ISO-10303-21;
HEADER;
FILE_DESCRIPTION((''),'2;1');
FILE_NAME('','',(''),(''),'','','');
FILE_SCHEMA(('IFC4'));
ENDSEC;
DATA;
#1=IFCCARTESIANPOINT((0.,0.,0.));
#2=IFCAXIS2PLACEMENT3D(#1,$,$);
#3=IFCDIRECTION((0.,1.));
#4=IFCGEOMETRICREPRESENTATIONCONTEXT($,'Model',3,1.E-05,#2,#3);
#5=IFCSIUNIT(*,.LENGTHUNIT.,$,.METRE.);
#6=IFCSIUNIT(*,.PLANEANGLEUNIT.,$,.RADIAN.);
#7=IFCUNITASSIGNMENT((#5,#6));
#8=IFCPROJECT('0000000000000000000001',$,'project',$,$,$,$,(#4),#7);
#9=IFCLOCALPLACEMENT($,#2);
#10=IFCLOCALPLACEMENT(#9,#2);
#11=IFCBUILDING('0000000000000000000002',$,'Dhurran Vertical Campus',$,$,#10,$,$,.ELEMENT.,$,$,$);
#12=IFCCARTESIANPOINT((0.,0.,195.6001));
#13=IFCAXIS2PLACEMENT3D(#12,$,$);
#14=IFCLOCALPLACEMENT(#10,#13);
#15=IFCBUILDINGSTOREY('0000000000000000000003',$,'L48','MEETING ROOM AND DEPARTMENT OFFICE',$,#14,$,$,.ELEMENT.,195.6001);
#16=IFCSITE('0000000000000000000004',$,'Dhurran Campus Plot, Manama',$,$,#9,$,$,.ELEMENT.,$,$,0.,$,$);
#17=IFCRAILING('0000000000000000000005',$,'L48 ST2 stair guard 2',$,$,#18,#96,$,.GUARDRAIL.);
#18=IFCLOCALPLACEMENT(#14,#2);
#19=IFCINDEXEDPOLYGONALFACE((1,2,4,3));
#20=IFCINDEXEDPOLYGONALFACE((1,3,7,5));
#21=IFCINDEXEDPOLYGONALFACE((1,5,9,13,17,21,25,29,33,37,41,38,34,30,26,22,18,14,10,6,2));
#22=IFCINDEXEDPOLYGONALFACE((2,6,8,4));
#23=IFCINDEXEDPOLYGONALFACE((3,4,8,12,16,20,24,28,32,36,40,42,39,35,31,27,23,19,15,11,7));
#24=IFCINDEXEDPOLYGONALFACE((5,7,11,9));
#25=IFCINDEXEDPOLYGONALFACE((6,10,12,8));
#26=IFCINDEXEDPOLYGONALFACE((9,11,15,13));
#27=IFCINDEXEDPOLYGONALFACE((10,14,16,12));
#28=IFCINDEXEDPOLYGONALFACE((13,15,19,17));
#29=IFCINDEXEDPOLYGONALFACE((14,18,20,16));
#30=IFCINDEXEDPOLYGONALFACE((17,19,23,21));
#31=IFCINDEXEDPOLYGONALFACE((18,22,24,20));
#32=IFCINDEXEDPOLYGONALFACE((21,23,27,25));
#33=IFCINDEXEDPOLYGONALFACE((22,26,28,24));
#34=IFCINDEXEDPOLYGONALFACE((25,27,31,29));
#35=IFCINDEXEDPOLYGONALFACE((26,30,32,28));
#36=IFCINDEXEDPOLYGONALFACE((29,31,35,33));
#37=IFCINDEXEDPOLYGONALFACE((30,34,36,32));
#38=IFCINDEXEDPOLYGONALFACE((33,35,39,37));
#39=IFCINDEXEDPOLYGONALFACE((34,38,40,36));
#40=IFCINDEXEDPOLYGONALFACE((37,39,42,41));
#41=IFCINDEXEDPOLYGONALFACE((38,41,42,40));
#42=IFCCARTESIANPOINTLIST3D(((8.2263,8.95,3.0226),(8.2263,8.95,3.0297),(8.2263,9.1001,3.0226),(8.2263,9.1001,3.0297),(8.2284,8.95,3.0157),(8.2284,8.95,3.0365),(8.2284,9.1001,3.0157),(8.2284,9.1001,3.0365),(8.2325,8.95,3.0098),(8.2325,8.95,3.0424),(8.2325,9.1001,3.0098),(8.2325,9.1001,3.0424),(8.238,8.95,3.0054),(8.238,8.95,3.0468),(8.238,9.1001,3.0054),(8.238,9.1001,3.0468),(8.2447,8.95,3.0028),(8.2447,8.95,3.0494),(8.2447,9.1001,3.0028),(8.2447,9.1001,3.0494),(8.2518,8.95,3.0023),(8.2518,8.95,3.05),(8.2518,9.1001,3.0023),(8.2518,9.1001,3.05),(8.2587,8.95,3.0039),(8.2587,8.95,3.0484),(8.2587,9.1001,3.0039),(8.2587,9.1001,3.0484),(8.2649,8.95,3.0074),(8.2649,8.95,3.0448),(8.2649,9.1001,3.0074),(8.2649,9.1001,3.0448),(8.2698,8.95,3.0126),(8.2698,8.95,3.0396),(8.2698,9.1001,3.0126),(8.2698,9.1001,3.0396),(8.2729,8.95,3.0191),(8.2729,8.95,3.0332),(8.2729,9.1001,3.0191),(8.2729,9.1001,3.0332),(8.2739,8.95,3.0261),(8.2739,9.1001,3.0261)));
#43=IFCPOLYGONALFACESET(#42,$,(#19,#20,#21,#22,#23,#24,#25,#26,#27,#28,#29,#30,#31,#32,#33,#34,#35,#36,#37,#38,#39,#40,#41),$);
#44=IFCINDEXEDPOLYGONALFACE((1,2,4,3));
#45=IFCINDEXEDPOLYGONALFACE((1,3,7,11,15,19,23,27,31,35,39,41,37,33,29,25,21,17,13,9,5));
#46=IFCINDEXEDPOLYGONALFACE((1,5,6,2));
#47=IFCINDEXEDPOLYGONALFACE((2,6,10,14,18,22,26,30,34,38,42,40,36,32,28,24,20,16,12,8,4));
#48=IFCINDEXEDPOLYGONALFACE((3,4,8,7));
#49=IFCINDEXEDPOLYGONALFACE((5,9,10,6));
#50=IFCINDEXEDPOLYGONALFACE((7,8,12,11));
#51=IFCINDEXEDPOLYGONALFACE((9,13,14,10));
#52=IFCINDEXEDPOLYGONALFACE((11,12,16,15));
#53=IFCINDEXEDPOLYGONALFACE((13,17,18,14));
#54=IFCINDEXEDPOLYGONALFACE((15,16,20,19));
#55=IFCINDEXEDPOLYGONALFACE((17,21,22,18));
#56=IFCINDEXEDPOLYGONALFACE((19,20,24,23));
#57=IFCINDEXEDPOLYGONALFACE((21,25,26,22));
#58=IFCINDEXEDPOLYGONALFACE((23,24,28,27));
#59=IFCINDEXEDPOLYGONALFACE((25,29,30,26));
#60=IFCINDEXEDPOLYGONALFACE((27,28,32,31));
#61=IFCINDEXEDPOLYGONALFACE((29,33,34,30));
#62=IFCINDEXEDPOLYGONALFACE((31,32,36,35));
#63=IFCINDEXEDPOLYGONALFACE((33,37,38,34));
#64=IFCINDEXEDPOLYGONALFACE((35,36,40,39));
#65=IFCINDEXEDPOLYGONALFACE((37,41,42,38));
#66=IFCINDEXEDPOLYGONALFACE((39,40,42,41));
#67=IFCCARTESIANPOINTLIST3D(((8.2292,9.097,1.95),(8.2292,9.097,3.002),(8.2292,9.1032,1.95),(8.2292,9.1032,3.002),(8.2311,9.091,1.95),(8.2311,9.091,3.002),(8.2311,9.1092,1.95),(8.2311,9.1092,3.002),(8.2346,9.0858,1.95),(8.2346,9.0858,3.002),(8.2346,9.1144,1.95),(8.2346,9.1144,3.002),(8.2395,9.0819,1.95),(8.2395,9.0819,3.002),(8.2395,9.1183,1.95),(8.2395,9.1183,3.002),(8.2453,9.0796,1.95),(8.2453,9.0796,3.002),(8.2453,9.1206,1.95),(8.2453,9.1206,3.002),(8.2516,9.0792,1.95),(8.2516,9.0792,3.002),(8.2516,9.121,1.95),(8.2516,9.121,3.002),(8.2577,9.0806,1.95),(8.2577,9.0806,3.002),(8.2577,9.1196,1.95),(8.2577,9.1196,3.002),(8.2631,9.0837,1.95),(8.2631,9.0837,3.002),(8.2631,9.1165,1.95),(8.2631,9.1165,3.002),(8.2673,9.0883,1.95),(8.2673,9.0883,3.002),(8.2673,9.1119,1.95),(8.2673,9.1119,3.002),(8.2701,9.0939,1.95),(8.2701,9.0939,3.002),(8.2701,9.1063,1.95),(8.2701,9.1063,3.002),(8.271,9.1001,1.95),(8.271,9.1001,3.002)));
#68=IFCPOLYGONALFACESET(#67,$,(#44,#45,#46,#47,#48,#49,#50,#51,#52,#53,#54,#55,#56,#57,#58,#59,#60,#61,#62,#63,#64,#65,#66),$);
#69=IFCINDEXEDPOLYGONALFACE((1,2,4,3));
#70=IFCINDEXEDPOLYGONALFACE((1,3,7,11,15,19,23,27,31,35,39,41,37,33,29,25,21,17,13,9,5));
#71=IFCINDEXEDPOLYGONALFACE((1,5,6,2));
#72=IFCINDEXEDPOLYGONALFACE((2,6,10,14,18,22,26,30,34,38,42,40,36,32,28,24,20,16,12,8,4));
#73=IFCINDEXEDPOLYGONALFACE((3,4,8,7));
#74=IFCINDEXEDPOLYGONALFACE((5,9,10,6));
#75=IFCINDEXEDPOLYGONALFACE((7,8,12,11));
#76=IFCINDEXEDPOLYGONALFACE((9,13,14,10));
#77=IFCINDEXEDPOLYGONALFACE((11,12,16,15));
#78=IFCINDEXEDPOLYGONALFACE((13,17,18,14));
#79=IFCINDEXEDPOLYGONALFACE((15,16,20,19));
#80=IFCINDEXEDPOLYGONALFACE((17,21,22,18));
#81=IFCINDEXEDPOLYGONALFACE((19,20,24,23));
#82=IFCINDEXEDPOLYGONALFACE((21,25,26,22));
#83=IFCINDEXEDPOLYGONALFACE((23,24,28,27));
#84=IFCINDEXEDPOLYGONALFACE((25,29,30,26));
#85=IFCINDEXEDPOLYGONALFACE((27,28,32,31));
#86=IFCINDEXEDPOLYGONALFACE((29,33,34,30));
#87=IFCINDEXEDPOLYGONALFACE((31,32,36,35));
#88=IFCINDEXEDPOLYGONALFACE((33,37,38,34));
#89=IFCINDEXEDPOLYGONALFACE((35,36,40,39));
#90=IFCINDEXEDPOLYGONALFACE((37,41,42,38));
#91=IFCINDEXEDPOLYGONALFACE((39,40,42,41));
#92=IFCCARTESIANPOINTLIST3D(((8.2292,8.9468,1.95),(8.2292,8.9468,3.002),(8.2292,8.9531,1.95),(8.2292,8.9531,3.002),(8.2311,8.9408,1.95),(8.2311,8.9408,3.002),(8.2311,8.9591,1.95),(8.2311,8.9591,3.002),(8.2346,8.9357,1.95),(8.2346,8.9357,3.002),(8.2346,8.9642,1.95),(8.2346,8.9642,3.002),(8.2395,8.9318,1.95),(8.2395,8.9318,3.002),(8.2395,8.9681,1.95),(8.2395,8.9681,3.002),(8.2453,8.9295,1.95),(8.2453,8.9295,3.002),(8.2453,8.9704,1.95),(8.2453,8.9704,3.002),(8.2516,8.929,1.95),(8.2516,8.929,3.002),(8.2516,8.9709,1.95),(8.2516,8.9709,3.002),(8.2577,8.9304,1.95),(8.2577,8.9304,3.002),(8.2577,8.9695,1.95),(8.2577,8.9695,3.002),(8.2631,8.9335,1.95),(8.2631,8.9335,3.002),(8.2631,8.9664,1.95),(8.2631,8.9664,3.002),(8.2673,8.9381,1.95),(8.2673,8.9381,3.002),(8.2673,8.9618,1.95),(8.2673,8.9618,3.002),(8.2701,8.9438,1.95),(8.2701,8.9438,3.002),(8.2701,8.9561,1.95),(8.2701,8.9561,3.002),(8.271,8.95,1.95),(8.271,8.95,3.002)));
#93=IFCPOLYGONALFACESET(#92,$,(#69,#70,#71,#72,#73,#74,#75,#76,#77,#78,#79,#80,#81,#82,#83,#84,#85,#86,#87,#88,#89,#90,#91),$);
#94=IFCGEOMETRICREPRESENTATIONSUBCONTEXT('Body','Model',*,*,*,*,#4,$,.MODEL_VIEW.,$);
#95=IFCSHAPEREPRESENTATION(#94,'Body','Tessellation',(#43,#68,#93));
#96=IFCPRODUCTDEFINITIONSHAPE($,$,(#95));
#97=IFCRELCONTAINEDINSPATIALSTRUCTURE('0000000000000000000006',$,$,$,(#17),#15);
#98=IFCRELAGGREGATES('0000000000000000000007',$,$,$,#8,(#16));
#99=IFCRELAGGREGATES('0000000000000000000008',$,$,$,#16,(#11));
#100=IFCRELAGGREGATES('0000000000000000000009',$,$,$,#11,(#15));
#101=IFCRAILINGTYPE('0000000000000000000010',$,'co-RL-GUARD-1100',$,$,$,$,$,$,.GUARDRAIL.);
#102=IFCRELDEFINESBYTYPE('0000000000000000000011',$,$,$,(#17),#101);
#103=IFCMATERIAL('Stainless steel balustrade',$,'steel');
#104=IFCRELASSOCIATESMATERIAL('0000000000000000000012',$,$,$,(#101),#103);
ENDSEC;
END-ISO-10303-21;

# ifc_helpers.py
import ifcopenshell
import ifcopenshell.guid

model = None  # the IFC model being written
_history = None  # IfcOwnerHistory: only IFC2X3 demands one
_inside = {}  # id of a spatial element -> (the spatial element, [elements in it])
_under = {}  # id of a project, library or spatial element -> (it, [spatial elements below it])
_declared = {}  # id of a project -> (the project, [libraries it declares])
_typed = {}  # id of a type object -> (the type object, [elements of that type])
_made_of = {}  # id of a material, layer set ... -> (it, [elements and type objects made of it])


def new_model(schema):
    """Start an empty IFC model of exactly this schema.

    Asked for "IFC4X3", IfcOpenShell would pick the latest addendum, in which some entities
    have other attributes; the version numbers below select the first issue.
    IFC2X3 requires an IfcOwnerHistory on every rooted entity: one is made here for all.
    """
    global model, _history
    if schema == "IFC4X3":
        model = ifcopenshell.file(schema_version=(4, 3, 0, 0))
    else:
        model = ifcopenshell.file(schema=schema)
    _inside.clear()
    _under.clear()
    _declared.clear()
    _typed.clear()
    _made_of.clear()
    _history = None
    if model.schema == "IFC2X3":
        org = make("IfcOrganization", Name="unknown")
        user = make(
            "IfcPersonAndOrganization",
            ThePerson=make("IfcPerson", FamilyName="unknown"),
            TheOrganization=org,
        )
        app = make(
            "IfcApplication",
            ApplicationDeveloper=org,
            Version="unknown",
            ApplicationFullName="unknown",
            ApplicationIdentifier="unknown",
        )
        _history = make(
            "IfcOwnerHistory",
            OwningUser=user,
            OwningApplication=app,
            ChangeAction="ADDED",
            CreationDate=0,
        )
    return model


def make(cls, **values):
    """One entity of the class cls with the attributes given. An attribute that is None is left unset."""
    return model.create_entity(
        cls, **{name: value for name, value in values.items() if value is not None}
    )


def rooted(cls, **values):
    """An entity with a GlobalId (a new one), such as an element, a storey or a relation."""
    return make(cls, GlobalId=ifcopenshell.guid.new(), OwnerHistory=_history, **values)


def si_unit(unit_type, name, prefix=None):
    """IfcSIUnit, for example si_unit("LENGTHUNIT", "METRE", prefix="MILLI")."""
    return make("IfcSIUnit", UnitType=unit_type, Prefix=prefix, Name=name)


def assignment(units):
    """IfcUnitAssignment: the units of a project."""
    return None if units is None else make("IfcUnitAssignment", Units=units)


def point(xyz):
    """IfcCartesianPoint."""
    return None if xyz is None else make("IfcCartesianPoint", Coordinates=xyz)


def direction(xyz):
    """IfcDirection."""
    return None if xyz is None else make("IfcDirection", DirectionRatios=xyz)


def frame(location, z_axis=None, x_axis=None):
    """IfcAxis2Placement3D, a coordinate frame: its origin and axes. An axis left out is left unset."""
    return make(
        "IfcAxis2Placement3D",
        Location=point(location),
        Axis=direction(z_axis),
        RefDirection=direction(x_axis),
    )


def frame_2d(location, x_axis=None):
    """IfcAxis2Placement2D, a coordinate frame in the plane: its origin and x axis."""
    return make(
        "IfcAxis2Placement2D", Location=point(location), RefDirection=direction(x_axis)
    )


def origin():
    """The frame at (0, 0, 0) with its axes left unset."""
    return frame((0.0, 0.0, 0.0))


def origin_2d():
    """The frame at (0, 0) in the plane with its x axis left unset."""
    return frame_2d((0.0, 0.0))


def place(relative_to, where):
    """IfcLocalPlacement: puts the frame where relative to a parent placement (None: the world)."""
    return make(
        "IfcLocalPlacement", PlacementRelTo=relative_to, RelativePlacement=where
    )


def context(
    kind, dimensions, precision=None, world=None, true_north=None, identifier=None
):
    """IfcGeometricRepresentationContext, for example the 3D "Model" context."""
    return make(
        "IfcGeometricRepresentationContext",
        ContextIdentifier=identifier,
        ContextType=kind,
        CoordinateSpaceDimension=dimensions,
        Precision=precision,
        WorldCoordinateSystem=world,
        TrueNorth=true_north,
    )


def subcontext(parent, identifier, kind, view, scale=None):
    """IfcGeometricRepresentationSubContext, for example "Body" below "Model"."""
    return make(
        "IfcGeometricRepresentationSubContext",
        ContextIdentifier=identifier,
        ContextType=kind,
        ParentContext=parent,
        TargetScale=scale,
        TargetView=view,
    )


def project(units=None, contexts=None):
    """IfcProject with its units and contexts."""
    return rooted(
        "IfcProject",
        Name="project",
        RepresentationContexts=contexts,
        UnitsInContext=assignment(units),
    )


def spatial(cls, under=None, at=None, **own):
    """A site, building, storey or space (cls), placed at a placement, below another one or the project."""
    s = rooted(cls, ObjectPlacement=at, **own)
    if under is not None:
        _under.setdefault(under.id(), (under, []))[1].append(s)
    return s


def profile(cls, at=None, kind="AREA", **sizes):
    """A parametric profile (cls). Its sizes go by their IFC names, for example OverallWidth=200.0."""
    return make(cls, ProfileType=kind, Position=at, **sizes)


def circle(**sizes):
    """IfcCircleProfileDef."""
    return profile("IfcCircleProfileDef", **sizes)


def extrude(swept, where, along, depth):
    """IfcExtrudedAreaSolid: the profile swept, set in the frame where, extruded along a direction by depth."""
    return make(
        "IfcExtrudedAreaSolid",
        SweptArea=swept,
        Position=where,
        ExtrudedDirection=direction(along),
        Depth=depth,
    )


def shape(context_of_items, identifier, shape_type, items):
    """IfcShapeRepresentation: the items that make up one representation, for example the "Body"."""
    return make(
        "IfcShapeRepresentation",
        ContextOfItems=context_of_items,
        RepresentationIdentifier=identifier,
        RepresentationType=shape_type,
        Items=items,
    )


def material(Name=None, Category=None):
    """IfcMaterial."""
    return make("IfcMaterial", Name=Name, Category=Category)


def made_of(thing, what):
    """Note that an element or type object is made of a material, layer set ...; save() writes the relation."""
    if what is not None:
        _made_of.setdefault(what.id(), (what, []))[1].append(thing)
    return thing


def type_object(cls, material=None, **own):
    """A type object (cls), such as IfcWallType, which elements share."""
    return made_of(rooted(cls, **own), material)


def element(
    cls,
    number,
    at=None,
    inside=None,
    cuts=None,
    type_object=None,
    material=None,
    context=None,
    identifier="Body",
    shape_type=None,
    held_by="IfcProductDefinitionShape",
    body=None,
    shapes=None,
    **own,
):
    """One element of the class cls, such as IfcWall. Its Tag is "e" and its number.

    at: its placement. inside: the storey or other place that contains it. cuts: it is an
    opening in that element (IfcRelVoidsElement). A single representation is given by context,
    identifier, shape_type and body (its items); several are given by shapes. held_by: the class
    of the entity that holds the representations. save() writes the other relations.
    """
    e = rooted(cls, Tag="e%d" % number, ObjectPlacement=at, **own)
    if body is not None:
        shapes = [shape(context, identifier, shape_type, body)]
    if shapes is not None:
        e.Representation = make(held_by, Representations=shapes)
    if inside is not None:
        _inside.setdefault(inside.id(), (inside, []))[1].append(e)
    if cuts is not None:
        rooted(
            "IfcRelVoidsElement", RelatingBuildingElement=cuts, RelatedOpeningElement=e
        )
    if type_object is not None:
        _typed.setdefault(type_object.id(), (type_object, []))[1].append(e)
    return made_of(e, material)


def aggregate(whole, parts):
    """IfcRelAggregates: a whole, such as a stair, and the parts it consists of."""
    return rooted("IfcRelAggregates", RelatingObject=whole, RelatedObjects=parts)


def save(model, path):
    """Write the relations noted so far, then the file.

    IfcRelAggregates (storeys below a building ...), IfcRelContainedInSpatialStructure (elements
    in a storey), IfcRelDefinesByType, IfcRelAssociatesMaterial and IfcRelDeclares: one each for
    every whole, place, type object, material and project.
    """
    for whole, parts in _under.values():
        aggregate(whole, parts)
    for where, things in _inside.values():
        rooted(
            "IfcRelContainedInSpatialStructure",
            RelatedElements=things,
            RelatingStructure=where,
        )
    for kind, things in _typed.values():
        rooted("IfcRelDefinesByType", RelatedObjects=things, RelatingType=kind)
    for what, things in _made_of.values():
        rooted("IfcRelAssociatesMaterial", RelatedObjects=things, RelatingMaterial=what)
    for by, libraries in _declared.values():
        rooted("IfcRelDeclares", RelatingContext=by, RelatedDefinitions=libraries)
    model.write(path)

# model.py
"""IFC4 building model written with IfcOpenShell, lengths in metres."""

from ifc_helpers import new_model, si_unit, direction, frame, origin, origin_2d, place, context, subcontext, project, spatial, circle, extrude, material, type_object, element, save


model = new_model("IFC4")

# Units and contexts
model_context = context("Model", 3, precision=1e-05, world=origin(), true_north=direction((0.0, 1.0)))
body_context = subcontext(model_context, "Body", "Model", "MODEL_VIEW")
ifc_project = project(units=[si_unit("LENGTHUNIT", "METRE"), si_unit("PLANEANGLEUNIT", "RADIAN")], contexts=[model_context])

# Site, building, storey
site_placement = place(None, origin())
site = spatial("IfcSite", under=ifc_project, at=site_placement, Name="Dhurran Campus Plot, Manama", CompositionType="ELEMENT", RefElevation=0.0)
building_placement = place(site_placement, origin())
building = spatial("IfcBuilding", under=site, at=building_placement, Name="Dhurran Vertical Campus", CompositionType="ELEMENT")
storey_placement = place(building_placement, frame((0.0, 0.0, 195.6001)))
storey = spatial("IfcBuildingStorey", under=building, at=storey_placement, Name="L48", Description="MEETING ROOM AND DEPARTMENT OFFICE", CompositionType="ELEMENT", Elevation=195.6001)

# Railing
ifc_material_1 = material(Name="Stainless steel balustrade", Category="steel")
railing_type_1 = type_object("IfcRailingType", Name="co-RL-GUARD-1100", PredefinedType="GUARDRAIL", material=ifc_material_1)
railing_1_placement = place(storey_placement, frame((8.25, 9.1001, 1.95)))
element("IfcRailing", 1, at=railing_1_placement, inside=storey, type_object=railing_type_1, Name="L48 ST2 stair guard 2", PredefinedType="GUARDRAIL", context=body_context, shape_type="SweptSolid", body=[
    extrude(circle(Radius=0.0239, at=origin_2d()), frame((0.0, 0.0, 1.0762), z_axis=(0.0, -1.0, 0.0), x_axis=(1.0, 0.0, 0.0)), (0.0, 0.0, 1.0), 0.1501),
    extrude(circle(Radius=0.021, at=origin_2d()), origin(), (0.0, 0.0, 1.0), 1.052),
    extrude(circle(Radius=0.021, at=origin_2d()), frame((0.0, -0.1501, 0.0)), (0.0, 0.0, 1.0), 1.052),
])

save(model, "model.ifc")
